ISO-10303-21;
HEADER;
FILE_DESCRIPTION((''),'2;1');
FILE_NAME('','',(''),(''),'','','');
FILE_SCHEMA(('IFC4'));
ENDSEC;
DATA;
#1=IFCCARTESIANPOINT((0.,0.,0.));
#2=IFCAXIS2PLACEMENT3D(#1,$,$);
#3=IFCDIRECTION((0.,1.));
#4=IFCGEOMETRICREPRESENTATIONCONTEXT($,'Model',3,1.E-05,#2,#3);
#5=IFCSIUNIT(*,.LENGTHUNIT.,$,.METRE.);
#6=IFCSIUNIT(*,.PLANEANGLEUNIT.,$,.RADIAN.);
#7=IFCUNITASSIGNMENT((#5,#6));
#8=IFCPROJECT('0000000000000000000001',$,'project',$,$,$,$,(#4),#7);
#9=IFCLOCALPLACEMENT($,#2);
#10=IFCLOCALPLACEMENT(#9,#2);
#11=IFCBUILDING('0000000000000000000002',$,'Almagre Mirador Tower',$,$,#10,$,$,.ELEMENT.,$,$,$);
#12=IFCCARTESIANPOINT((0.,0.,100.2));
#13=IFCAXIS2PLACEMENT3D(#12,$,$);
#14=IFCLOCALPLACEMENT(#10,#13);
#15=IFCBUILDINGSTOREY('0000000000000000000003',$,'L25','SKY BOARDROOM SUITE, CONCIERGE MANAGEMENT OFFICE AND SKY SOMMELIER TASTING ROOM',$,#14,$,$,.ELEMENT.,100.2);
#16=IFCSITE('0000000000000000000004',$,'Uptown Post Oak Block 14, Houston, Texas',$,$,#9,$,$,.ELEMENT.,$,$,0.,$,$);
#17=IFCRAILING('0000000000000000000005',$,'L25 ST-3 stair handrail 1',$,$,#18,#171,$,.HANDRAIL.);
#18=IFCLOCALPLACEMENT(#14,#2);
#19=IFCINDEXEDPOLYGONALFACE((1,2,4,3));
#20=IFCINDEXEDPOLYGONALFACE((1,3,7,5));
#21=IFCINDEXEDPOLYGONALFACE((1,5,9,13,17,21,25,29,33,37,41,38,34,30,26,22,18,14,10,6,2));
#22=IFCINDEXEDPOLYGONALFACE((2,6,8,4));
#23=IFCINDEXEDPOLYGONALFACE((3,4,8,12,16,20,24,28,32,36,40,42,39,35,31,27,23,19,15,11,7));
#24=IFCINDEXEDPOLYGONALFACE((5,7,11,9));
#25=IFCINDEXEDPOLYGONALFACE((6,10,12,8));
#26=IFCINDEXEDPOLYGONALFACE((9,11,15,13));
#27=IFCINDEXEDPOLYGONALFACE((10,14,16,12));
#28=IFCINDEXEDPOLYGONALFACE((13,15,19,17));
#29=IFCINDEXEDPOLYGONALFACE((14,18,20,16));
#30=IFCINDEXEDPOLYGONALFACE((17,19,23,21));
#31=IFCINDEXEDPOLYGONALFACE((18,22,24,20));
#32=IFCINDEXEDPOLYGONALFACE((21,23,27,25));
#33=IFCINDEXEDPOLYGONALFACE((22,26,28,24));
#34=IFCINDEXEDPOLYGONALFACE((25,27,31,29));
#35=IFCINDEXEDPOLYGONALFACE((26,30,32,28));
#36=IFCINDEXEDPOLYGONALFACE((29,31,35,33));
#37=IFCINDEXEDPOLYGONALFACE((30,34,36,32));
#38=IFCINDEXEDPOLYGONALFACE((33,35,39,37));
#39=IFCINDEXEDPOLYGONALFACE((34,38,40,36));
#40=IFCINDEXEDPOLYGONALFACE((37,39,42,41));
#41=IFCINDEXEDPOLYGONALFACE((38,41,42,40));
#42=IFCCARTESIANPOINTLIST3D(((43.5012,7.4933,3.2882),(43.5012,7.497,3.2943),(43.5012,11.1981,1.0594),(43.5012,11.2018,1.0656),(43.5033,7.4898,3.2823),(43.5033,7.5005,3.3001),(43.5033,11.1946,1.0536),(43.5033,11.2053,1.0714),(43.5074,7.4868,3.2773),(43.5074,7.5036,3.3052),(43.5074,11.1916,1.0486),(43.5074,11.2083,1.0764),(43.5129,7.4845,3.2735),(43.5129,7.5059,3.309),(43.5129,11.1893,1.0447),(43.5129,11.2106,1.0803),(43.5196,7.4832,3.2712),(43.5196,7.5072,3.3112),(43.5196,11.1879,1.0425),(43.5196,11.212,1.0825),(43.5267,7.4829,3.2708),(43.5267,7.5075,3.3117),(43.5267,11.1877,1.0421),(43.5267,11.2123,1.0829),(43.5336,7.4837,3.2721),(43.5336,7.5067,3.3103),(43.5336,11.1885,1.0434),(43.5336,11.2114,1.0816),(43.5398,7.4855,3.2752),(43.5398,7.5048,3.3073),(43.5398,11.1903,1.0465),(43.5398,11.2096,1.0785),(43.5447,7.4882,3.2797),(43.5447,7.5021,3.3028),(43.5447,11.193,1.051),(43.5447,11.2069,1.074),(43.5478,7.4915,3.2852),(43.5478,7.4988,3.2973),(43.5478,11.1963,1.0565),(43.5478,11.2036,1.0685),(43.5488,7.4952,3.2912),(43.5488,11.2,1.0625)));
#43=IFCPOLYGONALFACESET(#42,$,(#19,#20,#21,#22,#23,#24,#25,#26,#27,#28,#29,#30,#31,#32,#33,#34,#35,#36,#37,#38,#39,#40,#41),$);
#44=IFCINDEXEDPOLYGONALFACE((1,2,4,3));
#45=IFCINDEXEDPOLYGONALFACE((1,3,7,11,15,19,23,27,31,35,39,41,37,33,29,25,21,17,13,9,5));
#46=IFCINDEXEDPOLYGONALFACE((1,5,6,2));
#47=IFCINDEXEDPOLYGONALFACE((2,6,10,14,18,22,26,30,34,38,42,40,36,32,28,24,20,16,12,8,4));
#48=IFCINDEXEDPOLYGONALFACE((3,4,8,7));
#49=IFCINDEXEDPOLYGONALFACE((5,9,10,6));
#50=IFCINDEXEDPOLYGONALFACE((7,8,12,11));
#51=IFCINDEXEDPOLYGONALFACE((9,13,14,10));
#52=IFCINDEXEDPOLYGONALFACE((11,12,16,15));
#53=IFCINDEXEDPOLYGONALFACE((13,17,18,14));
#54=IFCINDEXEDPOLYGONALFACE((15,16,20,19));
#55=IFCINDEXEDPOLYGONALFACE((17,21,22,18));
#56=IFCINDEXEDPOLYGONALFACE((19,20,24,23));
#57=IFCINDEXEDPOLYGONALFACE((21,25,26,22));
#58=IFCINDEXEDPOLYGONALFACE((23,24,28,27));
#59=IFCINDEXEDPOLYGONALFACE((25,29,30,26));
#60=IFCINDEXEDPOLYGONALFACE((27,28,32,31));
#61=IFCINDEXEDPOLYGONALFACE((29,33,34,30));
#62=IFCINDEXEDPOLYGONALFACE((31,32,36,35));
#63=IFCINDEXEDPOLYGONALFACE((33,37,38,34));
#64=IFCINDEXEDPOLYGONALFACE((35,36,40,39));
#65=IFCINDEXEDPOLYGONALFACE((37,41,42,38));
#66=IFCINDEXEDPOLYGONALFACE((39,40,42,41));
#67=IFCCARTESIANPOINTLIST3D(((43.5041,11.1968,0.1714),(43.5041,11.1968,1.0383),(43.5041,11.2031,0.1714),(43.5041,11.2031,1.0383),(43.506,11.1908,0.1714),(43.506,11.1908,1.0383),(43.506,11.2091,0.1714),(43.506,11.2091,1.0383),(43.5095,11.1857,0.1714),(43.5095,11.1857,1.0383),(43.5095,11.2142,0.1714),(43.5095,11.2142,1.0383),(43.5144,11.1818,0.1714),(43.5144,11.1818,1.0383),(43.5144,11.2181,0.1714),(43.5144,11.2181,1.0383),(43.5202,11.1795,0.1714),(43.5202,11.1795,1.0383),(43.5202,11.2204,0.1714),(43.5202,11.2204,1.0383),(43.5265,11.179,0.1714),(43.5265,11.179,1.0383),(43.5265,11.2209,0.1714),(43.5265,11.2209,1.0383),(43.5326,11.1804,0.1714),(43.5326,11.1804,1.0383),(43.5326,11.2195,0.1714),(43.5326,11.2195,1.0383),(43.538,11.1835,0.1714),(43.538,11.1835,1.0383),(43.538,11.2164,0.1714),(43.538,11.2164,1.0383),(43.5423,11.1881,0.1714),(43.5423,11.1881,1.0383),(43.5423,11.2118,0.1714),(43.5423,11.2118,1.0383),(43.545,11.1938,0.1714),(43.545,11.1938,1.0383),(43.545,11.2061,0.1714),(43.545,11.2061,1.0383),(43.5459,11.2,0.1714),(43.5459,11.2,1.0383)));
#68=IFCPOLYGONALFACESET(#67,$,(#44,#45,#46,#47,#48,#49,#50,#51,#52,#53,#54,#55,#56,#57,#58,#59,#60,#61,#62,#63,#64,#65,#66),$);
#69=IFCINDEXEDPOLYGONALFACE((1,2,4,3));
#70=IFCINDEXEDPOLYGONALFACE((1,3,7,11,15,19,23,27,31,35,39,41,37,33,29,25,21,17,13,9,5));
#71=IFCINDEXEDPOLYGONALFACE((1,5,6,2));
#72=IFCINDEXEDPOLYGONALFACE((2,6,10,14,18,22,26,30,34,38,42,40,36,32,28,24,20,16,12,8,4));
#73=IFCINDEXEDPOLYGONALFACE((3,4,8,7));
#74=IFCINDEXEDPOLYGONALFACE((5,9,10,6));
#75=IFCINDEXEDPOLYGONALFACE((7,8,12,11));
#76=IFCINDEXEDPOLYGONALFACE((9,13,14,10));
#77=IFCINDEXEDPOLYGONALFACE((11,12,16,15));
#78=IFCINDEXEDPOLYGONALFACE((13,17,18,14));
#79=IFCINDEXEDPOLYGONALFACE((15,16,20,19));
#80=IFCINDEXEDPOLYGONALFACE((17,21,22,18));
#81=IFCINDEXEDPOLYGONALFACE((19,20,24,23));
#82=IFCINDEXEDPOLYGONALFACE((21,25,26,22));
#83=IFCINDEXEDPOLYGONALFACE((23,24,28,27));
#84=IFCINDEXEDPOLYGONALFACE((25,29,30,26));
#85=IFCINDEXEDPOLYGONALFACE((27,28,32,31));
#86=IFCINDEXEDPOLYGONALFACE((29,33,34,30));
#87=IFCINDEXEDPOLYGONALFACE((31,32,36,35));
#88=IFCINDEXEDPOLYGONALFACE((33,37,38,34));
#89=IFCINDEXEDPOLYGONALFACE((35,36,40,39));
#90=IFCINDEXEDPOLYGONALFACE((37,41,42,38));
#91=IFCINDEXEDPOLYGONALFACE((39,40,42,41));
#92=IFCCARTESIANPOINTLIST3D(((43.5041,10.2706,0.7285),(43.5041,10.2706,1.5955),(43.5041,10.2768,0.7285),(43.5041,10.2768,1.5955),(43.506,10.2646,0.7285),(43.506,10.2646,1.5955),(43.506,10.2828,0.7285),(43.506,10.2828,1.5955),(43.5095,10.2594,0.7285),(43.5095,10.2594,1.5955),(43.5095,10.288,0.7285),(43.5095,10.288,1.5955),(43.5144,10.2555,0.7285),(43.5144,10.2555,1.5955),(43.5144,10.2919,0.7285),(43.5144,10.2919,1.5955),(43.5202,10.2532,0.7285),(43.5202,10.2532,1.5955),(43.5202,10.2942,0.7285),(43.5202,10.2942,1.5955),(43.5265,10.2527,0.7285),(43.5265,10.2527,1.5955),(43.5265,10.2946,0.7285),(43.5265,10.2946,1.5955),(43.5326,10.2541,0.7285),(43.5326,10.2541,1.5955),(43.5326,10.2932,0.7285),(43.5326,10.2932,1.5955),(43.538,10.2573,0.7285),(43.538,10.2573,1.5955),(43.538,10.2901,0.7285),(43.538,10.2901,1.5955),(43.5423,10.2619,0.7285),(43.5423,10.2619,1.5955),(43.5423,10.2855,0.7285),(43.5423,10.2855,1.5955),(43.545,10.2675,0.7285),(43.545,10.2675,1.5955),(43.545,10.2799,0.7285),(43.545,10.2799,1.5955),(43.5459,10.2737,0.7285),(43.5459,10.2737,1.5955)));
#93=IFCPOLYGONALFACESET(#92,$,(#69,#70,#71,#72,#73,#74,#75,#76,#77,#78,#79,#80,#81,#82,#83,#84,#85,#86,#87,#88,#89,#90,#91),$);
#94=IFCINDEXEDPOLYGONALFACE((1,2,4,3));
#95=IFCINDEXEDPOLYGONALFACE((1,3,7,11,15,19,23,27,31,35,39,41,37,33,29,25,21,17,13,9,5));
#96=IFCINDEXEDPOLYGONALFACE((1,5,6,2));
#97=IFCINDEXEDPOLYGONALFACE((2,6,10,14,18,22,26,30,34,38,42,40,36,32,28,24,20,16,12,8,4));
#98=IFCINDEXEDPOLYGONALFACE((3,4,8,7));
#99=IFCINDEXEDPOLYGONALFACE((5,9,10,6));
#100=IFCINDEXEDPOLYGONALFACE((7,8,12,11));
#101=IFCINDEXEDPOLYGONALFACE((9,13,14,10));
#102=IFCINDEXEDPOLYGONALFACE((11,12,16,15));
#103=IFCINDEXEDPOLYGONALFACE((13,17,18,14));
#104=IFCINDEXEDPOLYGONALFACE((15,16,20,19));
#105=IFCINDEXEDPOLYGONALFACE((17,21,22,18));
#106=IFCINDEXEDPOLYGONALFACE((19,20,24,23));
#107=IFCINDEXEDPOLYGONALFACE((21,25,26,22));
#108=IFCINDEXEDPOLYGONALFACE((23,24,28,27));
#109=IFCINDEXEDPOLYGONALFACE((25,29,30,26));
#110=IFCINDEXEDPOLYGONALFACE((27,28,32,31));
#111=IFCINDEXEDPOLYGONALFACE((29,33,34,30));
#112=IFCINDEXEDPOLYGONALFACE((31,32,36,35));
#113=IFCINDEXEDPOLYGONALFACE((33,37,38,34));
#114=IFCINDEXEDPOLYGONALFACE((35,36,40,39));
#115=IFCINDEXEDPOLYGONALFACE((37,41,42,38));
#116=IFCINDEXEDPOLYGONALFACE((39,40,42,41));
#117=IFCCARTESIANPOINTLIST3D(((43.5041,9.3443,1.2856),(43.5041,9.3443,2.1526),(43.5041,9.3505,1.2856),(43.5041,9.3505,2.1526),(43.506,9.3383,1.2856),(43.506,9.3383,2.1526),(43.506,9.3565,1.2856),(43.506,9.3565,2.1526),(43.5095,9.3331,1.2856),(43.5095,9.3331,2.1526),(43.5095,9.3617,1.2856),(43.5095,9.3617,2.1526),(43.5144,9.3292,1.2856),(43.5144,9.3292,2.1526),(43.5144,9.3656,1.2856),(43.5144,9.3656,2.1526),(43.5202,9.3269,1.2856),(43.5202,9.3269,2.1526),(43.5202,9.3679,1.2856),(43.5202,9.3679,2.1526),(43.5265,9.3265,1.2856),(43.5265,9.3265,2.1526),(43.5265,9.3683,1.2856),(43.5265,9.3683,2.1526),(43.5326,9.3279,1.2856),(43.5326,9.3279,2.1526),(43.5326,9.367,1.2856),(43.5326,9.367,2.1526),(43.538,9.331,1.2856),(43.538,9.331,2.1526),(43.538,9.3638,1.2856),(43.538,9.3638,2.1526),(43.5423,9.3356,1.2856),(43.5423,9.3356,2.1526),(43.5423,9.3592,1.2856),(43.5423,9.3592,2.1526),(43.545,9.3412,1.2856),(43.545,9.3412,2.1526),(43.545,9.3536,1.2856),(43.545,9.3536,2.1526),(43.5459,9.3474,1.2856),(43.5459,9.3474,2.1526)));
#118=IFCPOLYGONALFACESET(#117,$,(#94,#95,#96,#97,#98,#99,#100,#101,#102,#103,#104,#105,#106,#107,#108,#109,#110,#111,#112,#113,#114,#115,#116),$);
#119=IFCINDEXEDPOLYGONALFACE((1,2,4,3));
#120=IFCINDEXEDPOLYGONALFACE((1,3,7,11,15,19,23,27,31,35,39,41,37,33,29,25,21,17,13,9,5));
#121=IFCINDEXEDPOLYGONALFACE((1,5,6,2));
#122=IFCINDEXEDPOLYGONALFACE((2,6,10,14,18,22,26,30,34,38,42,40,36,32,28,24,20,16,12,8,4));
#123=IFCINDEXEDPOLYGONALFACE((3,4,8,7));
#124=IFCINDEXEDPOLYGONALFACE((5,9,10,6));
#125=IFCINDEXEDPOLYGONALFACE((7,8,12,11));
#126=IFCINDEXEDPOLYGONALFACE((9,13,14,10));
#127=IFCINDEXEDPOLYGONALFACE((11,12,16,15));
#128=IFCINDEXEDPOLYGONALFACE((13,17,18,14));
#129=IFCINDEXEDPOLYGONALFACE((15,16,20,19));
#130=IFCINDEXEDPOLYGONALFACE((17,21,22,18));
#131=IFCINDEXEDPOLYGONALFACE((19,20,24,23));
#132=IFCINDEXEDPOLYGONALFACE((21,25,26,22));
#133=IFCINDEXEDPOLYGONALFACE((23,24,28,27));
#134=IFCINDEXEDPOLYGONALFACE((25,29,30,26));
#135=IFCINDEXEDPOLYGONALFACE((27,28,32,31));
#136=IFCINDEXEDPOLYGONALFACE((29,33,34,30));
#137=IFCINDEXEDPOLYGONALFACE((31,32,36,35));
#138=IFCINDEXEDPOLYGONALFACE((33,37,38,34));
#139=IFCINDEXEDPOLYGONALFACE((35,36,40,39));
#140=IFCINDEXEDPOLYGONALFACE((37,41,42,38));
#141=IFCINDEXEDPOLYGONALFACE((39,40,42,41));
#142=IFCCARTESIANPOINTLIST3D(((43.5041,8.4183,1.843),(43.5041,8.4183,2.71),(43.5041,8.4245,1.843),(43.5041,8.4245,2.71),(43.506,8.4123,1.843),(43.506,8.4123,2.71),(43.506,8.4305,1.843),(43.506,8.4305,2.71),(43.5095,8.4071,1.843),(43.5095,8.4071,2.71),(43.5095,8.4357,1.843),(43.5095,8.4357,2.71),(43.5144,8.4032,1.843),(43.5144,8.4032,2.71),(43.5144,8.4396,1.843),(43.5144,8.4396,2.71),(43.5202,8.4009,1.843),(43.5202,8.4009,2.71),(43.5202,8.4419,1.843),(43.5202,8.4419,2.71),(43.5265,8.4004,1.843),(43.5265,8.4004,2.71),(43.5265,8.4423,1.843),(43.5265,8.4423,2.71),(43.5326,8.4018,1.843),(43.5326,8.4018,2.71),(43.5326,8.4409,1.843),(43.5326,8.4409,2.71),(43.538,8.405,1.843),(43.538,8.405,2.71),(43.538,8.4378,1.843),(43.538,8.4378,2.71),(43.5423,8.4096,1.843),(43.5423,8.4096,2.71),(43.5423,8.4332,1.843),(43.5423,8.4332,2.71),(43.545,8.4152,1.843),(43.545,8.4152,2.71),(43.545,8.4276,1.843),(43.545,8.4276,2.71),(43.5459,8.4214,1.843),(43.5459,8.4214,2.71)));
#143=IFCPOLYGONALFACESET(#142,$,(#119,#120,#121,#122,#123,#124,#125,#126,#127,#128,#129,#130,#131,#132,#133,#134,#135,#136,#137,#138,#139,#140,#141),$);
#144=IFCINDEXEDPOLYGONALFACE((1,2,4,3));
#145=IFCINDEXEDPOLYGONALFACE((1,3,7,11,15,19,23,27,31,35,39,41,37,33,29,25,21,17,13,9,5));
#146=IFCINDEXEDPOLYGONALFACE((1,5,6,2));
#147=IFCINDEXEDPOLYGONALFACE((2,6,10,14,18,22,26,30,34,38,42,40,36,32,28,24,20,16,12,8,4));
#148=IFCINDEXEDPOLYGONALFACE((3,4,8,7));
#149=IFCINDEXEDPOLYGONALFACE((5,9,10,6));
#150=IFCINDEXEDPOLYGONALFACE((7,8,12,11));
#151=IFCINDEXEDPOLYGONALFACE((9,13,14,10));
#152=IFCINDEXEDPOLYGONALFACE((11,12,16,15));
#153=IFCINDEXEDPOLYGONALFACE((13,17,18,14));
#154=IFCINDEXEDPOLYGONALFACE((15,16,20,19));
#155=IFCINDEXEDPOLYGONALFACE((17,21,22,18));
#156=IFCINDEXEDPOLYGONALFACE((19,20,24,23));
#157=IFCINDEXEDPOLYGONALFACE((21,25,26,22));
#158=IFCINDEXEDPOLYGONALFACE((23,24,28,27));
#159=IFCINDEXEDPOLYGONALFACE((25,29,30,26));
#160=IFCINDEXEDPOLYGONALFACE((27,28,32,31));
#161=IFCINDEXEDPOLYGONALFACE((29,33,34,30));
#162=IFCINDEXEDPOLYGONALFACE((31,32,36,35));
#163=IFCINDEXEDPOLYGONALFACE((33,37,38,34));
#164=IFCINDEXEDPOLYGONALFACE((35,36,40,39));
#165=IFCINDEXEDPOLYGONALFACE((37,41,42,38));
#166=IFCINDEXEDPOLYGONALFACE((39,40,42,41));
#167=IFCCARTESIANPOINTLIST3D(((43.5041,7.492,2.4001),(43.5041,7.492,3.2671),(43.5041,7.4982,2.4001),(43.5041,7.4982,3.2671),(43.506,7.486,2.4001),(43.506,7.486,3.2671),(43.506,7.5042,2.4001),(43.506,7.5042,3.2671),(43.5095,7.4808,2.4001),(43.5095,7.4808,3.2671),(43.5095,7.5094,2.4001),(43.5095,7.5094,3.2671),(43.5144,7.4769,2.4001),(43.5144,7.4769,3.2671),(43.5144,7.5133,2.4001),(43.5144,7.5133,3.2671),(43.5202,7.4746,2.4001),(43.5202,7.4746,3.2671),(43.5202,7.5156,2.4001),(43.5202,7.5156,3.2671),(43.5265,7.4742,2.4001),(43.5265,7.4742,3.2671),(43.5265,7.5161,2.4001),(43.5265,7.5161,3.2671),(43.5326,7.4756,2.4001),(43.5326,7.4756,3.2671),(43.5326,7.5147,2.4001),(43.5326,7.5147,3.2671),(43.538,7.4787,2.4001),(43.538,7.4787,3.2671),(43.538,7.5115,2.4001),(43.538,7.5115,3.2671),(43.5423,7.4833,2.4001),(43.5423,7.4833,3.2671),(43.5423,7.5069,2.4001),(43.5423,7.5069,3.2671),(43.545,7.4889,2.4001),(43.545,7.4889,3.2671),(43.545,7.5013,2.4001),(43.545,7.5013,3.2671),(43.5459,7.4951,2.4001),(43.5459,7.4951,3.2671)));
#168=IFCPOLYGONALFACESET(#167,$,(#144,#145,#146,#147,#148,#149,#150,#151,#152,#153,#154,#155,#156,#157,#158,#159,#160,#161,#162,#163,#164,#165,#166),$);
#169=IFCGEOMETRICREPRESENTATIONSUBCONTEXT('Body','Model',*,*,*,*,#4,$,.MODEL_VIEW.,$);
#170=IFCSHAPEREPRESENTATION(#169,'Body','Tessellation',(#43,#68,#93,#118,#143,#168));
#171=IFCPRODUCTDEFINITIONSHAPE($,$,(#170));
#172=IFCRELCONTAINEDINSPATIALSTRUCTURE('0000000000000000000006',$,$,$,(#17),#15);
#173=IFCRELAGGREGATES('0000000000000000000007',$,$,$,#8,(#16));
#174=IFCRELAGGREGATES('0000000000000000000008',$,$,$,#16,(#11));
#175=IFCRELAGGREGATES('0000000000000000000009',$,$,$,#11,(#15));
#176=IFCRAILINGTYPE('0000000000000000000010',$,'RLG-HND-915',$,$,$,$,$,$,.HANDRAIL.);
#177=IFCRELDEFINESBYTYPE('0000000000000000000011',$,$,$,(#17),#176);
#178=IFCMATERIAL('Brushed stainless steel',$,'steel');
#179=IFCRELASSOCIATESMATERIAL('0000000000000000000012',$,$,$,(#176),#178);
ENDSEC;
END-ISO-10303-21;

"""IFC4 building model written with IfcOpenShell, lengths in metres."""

from ifc_helpers import new_model, si_unit, direction, frame, origin, origin_2d, place, context, subcontext, project, spatial, circle, extrude, material, type_object, element, save


model = new_model("IFC4")

# Units and contexts
model_context = context("Model", 3, precision=1e-05, world=origin(), true_north=direction((0.0, 1.0)))
body_context = subcontext(model_context, "Body", "Model", "MODEL_VIEW")
ifc_project = project(units=[si_unit("LENGTHUNIT", "METRE"), si_unit("PLANEANGLEUNIT", "RADIAN")], contexts=[model_context])

# Site, building, storey
site_placement = place(None, origin())
site = spatial("IfcSite", under=ifc_project, at=site_placement, Name="Uptown Post Oak Block 14, Houston, Texas", CompositionType="ELEMENT", RefElevation=0.0)
building_placement = place(site_placement, origin())
building = spatial("IfcBuilding", under=site, at=building_placement, Name="Almagre Mirador Tower", CompositionType="ELEMENT")
storey_placement = place(building_placement, frame((0.0, 0.0, 100.2)))
storey = spatial("IfcBuildingStorey", under=building, at=storey_placement, Name="L25", Description="SKY BOARDROOM SUITE, CONCIERGE MANAGEMENT OFFICE AND SKY SOMMELIER TASTING ROOM", CompositionType="ELEMENT", Elevation=100.2)

# Railing
ifc_material_1 = material(Name="Brushed stainless steel", Category="steel")
railing_type_1 = type_object("IfcRailingType", Name="RLG-HND-915", PredefinedType="HANDRAIL", material=ifc_material_1)
railing_1_placement = place(storey_placement, frame((43.5249, 11.2, 0.1714)))
element("IfcRailing", 1, at=railing_1_placement, inside=storey, type_object=railing_type_1, Name="L25 ST-3 stair handrail 1", PredefinedType="HANDRAIL", context=body_context, shape_type="SweptSolid", body=[
    extrude(circle(Radius=0.0239, at=origin_2d()), frame((0.0, 0.0, 0.8911), z_axis=(0.0, -0.856894, 0.515492), x_axis=(1.0, 0.0, 0.0)), (0.0, 0.0, 1.0), 4.3235),
    extrude(circle(Radius=0.021, at=origin_2d()), origin(), (0.0, 0.0, 1.0), 0.8669),
    extrude(circle(Radius=0.021, at=origin_2d()), frame((0.0, -0.9263, 0.5571)), (0.0, 0.0, 1.0), 0.8669),
    extrude(circle(Radius=0.021, at=origin_2d()), frame((0.0, -1.8525, 1.1143)), (0.0, 0.0, 1.0), 0.8669),
    extrude(circle(Radius=0.021, at=origin_2d()), frame((0.0, -2.7786, 1.6716)), (0.0, 0.0, 1.0), 0.8669),
    extrude(circle(Radius=0.021, at=origin_2d()), frame((0.0, -3.7048, 2.2288)), (0.0, 0.0, 1.0), 0.8669),
])

save(model, "model.ifc")
